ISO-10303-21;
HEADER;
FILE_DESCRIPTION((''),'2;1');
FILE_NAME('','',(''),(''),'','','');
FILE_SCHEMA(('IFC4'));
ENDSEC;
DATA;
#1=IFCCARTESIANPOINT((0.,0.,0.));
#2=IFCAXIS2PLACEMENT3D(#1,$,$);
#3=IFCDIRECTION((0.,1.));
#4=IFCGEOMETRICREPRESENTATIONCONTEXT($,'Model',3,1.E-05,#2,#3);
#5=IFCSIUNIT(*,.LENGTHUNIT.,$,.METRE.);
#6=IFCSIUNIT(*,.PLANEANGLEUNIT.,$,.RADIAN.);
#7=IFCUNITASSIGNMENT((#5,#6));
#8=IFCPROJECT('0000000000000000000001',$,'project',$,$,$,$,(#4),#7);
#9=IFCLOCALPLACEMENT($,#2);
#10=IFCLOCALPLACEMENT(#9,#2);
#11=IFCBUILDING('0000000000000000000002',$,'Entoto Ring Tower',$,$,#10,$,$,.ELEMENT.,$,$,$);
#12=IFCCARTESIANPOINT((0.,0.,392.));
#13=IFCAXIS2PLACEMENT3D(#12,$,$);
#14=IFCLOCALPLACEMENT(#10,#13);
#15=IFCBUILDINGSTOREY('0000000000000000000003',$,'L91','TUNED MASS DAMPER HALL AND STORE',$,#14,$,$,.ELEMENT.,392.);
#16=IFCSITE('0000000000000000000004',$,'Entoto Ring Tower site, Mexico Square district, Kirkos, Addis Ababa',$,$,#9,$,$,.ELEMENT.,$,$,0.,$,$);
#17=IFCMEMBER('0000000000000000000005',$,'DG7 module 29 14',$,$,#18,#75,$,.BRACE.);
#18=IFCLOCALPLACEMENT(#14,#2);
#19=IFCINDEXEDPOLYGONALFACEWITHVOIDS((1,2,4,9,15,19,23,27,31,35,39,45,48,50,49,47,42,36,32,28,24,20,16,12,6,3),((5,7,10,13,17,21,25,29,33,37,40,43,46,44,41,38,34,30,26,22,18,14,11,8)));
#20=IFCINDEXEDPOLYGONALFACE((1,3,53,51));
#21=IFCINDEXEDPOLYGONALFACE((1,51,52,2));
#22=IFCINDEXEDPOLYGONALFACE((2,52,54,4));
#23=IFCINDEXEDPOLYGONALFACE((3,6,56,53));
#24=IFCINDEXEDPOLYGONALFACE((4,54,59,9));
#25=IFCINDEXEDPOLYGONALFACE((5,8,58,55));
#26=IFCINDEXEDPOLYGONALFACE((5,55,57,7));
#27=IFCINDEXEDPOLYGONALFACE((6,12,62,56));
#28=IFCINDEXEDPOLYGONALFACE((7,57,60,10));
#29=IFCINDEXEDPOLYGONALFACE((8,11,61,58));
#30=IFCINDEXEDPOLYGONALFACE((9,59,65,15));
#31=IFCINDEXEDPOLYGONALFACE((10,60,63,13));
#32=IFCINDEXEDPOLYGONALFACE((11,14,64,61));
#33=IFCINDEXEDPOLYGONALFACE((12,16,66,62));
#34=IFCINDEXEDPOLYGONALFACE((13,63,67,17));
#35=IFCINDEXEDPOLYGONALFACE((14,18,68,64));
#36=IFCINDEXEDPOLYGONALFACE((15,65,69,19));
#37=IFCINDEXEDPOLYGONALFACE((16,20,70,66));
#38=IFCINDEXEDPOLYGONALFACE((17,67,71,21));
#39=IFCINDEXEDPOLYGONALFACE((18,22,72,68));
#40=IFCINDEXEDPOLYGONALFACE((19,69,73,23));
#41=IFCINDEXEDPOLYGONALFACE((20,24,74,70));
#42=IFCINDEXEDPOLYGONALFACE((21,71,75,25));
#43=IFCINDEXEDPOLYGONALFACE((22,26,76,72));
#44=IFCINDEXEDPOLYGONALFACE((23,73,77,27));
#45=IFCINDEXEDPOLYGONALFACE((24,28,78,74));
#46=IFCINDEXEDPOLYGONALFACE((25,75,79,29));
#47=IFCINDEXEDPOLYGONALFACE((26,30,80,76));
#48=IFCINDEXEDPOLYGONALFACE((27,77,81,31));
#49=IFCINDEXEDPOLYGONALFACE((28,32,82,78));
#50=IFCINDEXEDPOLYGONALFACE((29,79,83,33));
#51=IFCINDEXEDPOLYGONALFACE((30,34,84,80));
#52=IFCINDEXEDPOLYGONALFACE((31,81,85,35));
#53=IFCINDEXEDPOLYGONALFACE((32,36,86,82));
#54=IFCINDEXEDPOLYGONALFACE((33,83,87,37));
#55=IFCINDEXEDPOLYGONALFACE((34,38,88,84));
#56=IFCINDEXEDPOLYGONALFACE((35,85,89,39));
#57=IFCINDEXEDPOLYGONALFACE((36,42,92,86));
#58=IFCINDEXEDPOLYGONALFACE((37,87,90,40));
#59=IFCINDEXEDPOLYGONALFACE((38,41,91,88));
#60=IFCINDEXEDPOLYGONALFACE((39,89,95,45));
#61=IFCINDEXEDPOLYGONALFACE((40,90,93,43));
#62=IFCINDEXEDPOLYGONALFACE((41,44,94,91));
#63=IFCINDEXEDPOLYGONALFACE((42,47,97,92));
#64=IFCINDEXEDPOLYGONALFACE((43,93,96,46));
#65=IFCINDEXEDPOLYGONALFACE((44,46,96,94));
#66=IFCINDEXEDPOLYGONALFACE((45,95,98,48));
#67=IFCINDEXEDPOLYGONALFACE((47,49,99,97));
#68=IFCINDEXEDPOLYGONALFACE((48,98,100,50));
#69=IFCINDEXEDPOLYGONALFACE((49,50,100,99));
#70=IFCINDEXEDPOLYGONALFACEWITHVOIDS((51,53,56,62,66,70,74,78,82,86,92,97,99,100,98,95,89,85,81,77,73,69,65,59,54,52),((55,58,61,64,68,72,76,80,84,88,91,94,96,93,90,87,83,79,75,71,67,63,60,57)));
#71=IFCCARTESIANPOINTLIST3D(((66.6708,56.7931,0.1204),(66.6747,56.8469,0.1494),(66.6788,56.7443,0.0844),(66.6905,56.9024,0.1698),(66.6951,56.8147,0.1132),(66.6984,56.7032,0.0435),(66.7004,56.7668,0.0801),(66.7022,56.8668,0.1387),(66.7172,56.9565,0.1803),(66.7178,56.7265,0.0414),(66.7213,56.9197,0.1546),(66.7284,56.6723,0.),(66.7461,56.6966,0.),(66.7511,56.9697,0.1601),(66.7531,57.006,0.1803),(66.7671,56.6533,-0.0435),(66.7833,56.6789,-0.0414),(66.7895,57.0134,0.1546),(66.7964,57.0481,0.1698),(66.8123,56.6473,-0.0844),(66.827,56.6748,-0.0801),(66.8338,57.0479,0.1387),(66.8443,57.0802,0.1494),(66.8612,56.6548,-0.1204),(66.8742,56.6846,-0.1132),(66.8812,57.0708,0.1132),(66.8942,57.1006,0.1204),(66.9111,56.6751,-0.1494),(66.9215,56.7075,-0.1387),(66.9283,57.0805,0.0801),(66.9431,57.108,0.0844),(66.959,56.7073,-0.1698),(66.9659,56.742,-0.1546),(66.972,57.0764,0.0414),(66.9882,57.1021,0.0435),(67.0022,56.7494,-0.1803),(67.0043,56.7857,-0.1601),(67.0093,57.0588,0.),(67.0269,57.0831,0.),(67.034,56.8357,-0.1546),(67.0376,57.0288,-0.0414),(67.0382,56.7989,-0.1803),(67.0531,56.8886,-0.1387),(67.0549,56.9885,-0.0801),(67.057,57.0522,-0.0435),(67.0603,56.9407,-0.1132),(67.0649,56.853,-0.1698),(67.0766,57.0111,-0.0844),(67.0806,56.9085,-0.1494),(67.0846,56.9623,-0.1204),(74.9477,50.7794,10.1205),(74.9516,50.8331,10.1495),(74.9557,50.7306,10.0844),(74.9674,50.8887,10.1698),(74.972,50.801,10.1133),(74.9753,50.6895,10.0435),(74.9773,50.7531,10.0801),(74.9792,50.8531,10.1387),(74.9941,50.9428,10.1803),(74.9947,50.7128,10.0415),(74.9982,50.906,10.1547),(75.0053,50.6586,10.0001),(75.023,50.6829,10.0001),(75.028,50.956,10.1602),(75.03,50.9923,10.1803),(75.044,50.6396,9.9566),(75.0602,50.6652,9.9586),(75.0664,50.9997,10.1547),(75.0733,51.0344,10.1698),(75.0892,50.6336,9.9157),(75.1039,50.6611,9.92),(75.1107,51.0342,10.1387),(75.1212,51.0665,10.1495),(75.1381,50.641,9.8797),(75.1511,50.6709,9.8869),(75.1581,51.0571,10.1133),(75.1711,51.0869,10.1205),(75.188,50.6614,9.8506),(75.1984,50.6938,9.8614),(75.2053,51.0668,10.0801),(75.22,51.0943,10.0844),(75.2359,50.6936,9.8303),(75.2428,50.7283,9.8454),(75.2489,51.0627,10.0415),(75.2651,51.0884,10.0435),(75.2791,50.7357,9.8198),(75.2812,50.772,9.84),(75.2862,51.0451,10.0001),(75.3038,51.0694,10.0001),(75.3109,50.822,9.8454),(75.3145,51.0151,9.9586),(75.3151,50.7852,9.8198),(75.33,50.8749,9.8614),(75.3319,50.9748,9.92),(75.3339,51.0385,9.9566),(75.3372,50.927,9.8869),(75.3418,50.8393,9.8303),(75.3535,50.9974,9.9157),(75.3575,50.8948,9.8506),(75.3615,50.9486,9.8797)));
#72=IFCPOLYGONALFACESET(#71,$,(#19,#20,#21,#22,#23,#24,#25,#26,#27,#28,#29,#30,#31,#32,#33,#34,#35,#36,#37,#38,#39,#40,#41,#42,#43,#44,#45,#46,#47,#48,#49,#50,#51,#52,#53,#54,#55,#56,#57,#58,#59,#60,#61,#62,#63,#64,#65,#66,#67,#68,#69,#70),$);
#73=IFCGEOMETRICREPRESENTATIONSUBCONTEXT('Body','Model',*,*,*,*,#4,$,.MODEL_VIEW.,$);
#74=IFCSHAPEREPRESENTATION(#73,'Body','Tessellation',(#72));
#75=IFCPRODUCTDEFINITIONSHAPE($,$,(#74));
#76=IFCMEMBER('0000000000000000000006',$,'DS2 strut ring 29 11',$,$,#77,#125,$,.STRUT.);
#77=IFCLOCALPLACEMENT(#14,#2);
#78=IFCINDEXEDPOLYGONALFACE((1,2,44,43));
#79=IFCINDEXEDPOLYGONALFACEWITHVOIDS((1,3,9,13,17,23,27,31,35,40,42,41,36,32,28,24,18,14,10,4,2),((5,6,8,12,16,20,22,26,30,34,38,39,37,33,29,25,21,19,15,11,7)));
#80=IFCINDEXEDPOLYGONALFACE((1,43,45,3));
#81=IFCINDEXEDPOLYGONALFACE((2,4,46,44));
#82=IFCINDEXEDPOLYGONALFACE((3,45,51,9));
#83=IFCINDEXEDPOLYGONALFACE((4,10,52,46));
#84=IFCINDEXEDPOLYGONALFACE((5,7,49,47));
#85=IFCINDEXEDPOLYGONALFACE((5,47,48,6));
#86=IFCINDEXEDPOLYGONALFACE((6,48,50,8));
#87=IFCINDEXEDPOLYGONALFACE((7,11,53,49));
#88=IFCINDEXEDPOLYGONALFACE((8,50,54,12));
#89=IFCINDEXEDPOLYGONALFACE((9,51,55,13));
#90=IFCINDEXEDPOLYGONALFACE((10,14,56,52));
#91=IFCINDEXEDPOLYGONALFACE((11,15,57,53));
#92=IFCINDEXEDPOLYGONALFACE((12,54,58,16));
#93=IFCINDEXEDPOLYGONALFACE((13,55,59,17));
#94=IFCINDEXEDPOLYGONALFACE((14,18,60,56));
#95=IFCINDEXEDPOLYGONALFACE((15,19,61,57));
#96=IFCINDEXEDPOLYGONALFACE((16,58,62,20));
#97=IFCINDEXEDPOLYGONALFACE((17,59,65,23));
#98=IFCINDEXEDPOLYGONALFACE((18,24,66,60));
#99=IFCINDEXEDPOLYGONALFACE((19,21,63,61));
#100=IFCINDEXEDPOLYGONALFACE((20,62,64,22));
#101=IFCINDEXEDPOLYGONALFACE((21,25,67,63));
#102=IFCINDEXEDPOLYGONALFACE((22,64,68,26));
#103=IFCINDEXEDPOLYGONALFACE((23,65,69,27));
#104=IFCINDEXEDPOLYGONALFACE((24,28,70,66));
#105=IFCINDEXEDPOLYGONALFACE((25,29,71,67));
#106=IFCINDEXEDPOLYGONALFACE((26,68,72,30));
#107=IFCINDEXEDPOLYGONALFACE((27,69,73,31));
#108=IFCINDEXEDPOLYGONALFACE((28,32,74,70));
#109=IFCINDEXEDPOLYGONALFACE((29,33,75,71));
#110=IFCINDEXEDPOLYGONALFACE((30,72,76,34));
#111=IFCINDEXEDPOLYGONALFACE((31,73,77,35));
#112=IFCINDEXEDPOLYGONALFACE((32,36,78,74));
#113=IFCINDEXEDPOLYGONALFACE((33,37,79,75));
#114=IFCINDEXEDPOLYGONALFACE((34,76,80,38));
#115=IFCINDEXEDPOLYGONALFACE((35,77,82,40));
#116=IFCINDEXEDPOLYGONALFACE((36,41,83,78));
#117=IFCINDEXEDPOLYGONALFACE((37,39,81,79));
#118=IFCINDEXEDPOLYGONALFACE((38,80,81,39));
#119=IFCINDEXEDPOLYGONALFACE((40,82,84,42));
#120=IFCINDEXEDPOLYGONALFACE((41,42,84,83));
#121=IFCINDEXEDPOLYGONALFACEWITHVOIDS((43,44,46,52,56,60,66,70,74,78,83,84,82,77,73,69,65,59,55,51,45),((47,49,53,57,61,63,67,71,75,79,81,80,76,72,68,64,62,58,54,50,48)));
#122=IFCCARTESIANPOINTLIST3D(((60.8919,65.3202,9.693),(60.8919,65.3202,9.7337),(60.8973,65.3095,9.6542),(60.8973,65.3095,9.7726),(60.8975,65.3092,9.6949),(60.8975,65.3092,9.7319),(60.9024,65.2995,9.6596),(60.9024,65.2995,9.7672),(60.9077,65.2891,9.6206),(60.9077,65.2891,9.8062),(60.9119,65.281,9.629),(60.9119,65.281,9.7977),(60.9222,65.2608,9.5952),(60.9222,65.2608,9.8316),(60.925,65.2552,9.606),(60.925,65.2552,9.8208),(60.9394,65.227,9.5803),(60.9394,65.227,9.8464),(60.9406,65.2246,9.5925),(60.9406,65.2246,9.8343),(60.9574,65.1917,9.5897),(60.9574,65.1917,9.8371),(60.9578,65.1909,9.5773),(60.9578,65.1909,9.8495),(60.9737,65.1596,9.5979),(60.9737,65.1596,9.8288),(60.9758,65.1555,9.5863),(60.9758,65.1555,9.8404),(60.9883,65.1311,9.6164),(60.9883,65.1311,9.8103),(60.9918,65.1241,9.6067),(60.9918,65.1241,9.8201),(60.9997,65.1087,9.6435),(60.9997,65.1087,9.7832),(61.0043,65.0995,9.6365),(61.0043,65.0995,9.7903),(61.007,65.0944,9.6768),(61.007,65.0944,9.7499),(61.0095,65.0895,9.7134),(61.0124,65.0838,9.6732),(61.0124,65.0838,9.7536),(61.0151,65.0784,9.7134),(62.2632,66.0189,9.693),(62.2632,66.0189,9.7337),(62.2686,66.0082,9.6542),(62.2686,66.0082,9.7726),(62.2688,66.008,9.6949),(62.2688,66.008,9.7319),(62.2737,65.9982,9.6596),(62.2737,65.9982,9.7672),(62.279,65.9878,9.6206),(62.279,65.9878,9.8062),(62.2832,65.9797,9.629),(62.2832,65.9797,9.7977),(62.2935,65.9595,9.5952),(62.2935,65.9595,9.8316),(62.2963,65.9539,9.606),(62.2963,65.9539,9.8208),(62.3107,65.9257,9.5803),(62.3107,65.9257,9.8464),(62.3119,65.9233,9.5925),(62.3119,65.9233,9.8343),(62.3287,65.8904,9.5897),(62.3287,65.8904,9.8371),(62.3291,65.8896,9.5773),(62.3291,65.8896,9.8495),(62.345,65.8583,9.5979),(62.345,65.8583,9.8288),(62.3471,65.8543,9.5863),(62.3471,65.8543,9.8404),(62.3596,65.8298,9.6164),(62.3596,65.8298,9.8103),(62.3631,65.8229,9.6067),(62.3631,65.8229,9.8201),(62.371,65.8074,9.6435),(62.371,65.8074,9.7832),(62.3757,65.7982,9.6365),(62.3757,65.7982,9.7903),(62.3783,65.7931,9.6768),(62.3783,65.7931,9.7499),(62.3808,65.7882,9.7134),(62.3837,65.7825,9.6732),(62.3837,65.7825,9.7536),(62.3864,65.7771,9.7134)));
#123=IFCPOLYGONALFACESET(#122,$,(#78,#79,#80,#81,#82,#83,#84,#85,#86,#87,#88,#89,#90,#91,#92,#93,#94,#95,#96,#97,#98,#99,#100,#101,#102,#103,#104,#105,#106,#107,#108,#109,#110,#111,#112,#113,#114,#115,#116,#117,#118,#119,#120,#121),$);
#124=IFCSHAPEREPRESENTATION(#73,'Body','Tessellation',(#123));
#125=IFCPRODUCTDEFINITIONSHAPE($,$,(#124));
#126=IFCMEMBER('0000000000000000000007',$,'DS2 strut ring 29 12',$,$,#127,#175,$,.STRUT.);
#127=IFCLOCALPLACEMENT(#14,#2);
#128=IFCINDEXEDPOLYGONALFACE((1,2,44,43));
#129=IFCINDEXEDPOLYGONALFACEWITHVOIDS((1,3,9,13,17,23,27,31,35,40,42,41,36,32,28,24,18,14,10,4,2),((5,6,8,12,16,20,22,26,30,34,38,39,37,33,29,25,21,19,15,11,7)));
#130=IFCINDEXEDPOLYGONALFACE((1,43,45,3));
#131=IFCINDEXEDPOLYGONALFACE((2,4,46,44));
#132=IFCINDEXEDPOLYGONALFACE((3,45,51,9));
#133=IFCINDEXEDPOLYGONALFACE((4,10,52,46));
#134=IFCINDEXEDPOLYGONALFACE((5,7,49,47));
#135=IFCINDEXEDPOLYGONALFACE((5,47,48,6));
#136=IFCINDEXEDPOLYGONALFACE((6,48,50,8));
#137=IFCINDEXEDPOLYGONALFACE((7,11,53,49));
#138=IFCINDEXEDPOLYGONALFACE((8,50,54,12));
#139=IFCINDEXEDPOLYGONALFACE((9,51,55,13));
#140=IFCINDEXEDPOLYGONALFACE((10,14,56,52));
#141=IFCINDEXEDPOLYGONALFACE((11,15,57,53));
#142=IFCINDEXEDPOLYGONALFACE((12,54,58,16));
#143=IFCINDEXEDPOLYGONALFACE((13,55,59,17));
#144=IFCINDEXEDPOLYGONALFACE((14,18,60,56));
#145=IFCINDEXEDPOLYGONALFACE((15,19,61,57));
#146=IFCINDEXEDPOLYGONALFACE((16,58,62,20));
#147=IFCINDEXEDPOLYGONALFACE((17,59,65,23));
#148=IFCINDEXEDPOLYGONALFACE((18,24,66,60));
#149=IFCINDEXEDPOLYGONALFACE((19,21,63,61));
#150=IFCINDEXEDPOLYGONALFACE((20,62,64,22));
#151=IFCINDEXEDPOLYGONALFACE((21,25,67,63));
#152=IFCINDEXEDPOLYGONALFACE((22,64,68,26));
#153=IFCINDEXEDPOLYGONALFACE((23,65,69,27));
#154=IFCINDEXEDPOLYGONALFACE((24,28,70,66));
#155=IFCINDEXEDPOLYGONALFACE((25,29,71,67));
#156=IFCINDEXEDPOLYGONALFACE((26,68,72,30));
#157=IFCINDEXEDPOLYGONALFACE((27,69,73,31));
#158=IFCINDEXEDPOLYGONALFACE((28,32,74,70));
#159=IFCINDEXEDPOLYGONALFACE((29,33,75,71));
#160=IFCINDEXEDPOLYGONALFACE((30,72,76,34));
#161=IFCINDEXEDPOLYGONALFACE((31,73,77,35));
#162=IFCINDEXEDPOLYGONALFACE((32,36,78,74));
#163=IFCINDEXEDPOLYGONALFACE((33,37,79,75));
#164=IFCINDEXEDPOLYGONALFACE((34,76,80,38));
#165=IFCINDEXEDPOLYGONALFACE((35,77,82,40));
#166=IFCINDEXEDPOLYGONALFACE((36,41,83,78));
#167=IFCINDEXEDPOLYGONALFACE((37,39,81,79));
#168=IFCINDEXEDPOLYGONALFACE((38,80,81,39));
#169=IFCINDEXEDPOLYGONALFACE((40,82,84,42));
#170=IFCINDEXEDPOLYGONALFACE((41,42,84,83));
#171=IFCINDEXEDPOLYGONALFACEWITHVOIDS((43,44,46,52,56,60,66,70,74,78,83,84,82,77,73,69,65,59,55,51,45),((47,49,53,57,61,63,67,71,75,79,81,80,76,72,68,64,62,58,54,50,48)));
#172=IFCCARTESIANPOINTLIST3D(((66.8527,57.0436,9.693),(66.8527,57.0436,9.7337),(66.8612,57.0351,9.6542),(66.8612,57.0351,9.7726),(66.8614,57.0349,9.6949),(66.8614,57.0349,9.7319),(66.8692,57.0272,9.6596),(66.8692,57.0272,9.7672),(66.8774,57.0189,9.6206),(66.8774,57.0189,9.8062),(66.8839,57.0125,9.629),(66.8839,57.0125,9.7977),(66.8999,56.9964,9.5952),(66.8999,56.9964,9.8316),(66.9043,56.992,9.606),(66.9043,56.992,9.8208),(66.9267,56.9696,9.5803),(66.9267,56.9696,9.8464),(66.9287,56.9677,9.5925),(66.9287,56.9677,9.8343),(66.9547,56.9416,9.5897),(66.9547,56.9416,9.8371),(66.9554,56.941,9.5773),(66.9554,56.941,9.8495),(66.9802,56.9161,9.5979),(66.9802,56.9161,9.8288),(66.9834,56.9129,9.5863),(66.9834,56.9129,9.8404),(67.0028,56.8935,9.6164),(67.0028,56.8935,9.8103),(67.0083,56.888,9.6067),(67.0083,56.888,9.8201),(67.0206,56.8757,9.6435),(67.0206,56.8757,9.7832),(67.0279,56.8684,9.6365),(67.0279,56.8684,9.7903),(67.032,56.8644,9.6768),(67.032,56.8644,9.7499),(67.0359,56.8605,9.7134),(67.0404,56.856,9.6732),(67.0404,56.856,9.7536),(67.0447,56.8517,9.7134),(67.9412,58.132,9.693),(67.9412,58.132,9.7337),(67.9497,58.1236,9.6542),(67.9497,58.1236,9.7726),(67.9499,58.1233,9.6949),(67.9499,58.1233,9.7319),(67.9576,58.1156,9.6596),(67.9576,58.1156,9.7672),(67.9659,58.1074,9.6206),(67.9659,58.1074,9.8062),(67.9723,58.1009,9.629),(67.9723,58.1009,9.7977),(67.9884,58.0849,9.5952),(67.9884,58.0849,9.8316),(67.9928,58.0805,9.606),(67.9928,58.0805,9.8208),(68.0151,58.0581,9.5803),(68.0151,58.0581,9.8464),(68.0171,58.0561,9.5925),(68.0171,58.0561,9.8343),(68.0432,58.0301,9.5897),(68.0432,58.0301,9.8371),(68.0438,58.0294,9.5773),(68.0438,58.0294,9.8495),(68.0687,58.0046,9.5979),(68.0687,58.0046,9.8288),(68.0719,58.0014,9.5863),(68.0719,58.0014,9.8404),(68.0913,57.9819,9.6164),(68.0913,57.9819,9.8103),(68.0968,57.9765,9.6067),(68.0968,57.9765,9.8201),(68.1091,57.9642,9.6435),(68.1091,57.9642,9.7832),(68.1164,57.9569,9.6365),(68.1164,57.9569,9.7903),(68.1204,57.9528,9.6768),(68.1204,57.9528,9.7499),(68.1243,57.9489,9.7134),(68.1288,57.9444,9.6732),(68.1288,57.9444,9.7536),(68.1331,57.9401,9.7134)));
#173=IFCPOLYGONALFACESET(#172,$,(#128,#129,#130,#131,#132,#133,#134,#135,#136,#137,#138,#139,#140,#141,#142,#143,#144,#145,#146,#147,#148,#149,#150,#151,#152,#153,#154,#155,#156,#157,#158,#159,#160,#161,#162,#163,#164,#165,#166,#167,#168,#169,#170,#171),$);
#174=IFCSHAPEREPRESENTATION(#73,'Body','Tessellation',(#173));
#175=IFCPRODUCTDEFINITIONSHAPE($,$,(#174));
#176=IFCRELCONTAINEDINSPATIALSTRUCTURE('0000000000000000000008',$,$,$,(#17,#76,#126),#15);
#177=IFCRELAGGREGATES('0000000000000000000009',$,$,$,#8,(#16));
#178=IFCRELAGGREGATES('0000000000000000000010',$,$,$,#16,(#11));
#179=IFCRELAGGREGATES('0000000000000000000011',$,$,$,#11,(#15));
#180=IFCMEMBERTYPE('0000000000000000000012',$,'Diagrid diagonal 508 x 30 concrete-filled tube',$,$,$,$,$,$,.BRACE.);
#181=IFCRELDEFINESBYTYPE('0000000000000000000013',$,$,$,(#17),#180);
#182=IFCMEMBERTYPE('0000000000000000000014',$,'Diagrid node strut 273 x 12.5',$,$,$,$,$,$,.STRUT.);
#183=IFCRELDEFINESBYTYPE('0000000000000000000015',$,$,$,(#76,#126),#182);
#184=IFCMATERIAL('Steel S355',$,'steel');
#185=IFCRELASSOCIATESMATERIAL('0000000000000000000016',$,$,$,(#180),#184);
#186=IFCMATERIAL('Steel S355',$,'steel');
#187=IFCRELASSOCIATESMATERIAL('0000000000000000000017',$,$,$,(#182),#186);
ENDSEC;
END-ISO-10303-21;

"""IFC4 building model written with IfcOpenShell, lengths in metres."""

from ifc_helpers import new_model, si_unit, direction, frame, origin, origin_2d, place, context, subcontext, project, spatial, circle, hollow_circle, extrude, material, material_profile, profile_set, type_object, element, save


model = new_model("IFC4")

# Units and contexts
model_context = context("Model", 3, precision=1e-05, world=origin(), true_north=direction((0.0, 1.0)))
body_context = subcontext(model_context, "Body", "Model", "MODEL_VIEW")
ifc_project = project(units=[si_unit("LENGTHUNIT", "METRE"), si_unit("PLANEANGLEUNIT", "RADIAN")], contexts=[model_context])

# Site, building, storey
site_placement = place(None, origin())
site = spatial("IfcSite", under=ifc_project, at=site_placement, Name="Entoto Ring Tower site, Mexico Square district, Kirkos, Addis Ababa", CompositionType="ELEMENT", RefElevation=0.0)
building_placement = place(site_placement, origin())
building = spatial("IfcBuilding", under=site, at=building_placement, Name="Entoto Ring Tower", CompositionType="ELEMENT")
storey_placement = place(building_placement, frame((0.0, 0.0, 392.0)))
storey = spatial("IfcBuildingStorey", under=building, at=storey_placement, Name="L91", Description="TUNED MASS DAMPER HALL AND STORE", CompositionType="ELEMENT", Elevation=392.0)

# Members
ifc_material_1 = material(Name="Steel S355", Category="steel")
ifc_material_profile_1 = material_profile(ifc_material_1, hollow_circle(Radius=0.2539, WallThickness=0.03, at=origin_2d()), Name="CHS 508 x 30")
ifc_material_2 = material(Name="Concrete C60/75", Category="concrete")
ifc_material_profile_2 = material_profile(ifc_material_2, circle(Radius=0.2241, at=origin_2d()), Name="Concrete C60/75 infill")
ifc_profile_set_1 = profile_set([ifc_material_profile_1, ifc_material_profile_2], Name="Steel S355")
member_type_1 = type_object("IfcMemberType", Name="Diagrid diagonal 508 x 30 concrete-filled tube", PredefinedType="BRACE", material=ifc_profile_set_1)
for number, where, z_axis, x_axis, name in (
    (1, (66.8777, 56.8777, 0.0), (0.578546, -0.420351, 0.698992), (0.587797, 0.809008, 0.0), "DG7 module 29 14"),
):
    element("IfcMember", number, at=place(storey_placement, frame(where, z_axis=z_axis, x_axis=x_axis)), inside=storey, type_object=member_type_1, Name=name, PredefinedType="BRACE", context=body_context, shape_type="SweptSolid", body=[
        extrude(hollow_circle(Radius=0.2539, WallThickness=0.03, at=origin_2d()), origin(), (0.0, 0.0, 1.0), 14.3064),
    ])
ifc_material_3 = material(Name="Steel S355", Category="steel")
ifc_material_profile_3 = material_profile(ifc_material_3, hollow_circle(Radius=0.1365, WallThickness=0.0125, at=origin_2d()), Name="CHS 273 x 12.5")
ifc_material_4 = material(Name="Concrete C60/75", Category="concrete")
ifc_material_profile_4 = material_profile(ifc_material_4, circle(Radius=0.124, at=origin_2d()), Name="Concrete C60/75 infill")
ifc_profile_set_2 = profile_set([ifc_material_profile_3, ifc_material_profile_4], Name="Steel S355")
member_type_2 = type_object("IfcMemberType", Name="Diagrid node strut 273 x 12.5", PredefinedType="STRUT", material=ifc_profile_set_2)
member_1_placement = place(storey_placement, frame((62.3245, 65.8987, 9.7134), z_axis=(-0.891007, -0.45399, 0.0), x_axis=(0.45399, -0.891007, 0.0)))
element("IfcMember", 2, at=member_1_placement, inside=storey, type_object=member_type_2, Name="DS2 strut ring 29 11", PredefinedType="STRUT", context=body_context, shape_type="SweptSolid", body=[
    extrude(hollow_circle(Radius=0.1365, WallThickness=0.0125, at=origin_2d()), origin(), (0.0, 0.0, 1.0), 1.5391),
])
member_2_placement = place(storey_placement, frame((68.0366, 58.0366, 9.7134), z_axis=(-0.707107, -0.707107, 0.0), x_axis=(0.707107, -0.707107, 0.0)))
element("IfcMember", 3, at=member_2_placement, inside=storey, type_object=member_type_2, Name="DS2 strut ring 29 12", PredefinedType="STRUT", context=body_context, shape_type="SweptSolid", body=[
    extrude(hollow_circle(Radius=0.1365, WallThickness=0.0125, at=origin_2d()), origin(), (0.0, 0.0, 1.0), 1.5393),
])

save(model, "model.ifc")
